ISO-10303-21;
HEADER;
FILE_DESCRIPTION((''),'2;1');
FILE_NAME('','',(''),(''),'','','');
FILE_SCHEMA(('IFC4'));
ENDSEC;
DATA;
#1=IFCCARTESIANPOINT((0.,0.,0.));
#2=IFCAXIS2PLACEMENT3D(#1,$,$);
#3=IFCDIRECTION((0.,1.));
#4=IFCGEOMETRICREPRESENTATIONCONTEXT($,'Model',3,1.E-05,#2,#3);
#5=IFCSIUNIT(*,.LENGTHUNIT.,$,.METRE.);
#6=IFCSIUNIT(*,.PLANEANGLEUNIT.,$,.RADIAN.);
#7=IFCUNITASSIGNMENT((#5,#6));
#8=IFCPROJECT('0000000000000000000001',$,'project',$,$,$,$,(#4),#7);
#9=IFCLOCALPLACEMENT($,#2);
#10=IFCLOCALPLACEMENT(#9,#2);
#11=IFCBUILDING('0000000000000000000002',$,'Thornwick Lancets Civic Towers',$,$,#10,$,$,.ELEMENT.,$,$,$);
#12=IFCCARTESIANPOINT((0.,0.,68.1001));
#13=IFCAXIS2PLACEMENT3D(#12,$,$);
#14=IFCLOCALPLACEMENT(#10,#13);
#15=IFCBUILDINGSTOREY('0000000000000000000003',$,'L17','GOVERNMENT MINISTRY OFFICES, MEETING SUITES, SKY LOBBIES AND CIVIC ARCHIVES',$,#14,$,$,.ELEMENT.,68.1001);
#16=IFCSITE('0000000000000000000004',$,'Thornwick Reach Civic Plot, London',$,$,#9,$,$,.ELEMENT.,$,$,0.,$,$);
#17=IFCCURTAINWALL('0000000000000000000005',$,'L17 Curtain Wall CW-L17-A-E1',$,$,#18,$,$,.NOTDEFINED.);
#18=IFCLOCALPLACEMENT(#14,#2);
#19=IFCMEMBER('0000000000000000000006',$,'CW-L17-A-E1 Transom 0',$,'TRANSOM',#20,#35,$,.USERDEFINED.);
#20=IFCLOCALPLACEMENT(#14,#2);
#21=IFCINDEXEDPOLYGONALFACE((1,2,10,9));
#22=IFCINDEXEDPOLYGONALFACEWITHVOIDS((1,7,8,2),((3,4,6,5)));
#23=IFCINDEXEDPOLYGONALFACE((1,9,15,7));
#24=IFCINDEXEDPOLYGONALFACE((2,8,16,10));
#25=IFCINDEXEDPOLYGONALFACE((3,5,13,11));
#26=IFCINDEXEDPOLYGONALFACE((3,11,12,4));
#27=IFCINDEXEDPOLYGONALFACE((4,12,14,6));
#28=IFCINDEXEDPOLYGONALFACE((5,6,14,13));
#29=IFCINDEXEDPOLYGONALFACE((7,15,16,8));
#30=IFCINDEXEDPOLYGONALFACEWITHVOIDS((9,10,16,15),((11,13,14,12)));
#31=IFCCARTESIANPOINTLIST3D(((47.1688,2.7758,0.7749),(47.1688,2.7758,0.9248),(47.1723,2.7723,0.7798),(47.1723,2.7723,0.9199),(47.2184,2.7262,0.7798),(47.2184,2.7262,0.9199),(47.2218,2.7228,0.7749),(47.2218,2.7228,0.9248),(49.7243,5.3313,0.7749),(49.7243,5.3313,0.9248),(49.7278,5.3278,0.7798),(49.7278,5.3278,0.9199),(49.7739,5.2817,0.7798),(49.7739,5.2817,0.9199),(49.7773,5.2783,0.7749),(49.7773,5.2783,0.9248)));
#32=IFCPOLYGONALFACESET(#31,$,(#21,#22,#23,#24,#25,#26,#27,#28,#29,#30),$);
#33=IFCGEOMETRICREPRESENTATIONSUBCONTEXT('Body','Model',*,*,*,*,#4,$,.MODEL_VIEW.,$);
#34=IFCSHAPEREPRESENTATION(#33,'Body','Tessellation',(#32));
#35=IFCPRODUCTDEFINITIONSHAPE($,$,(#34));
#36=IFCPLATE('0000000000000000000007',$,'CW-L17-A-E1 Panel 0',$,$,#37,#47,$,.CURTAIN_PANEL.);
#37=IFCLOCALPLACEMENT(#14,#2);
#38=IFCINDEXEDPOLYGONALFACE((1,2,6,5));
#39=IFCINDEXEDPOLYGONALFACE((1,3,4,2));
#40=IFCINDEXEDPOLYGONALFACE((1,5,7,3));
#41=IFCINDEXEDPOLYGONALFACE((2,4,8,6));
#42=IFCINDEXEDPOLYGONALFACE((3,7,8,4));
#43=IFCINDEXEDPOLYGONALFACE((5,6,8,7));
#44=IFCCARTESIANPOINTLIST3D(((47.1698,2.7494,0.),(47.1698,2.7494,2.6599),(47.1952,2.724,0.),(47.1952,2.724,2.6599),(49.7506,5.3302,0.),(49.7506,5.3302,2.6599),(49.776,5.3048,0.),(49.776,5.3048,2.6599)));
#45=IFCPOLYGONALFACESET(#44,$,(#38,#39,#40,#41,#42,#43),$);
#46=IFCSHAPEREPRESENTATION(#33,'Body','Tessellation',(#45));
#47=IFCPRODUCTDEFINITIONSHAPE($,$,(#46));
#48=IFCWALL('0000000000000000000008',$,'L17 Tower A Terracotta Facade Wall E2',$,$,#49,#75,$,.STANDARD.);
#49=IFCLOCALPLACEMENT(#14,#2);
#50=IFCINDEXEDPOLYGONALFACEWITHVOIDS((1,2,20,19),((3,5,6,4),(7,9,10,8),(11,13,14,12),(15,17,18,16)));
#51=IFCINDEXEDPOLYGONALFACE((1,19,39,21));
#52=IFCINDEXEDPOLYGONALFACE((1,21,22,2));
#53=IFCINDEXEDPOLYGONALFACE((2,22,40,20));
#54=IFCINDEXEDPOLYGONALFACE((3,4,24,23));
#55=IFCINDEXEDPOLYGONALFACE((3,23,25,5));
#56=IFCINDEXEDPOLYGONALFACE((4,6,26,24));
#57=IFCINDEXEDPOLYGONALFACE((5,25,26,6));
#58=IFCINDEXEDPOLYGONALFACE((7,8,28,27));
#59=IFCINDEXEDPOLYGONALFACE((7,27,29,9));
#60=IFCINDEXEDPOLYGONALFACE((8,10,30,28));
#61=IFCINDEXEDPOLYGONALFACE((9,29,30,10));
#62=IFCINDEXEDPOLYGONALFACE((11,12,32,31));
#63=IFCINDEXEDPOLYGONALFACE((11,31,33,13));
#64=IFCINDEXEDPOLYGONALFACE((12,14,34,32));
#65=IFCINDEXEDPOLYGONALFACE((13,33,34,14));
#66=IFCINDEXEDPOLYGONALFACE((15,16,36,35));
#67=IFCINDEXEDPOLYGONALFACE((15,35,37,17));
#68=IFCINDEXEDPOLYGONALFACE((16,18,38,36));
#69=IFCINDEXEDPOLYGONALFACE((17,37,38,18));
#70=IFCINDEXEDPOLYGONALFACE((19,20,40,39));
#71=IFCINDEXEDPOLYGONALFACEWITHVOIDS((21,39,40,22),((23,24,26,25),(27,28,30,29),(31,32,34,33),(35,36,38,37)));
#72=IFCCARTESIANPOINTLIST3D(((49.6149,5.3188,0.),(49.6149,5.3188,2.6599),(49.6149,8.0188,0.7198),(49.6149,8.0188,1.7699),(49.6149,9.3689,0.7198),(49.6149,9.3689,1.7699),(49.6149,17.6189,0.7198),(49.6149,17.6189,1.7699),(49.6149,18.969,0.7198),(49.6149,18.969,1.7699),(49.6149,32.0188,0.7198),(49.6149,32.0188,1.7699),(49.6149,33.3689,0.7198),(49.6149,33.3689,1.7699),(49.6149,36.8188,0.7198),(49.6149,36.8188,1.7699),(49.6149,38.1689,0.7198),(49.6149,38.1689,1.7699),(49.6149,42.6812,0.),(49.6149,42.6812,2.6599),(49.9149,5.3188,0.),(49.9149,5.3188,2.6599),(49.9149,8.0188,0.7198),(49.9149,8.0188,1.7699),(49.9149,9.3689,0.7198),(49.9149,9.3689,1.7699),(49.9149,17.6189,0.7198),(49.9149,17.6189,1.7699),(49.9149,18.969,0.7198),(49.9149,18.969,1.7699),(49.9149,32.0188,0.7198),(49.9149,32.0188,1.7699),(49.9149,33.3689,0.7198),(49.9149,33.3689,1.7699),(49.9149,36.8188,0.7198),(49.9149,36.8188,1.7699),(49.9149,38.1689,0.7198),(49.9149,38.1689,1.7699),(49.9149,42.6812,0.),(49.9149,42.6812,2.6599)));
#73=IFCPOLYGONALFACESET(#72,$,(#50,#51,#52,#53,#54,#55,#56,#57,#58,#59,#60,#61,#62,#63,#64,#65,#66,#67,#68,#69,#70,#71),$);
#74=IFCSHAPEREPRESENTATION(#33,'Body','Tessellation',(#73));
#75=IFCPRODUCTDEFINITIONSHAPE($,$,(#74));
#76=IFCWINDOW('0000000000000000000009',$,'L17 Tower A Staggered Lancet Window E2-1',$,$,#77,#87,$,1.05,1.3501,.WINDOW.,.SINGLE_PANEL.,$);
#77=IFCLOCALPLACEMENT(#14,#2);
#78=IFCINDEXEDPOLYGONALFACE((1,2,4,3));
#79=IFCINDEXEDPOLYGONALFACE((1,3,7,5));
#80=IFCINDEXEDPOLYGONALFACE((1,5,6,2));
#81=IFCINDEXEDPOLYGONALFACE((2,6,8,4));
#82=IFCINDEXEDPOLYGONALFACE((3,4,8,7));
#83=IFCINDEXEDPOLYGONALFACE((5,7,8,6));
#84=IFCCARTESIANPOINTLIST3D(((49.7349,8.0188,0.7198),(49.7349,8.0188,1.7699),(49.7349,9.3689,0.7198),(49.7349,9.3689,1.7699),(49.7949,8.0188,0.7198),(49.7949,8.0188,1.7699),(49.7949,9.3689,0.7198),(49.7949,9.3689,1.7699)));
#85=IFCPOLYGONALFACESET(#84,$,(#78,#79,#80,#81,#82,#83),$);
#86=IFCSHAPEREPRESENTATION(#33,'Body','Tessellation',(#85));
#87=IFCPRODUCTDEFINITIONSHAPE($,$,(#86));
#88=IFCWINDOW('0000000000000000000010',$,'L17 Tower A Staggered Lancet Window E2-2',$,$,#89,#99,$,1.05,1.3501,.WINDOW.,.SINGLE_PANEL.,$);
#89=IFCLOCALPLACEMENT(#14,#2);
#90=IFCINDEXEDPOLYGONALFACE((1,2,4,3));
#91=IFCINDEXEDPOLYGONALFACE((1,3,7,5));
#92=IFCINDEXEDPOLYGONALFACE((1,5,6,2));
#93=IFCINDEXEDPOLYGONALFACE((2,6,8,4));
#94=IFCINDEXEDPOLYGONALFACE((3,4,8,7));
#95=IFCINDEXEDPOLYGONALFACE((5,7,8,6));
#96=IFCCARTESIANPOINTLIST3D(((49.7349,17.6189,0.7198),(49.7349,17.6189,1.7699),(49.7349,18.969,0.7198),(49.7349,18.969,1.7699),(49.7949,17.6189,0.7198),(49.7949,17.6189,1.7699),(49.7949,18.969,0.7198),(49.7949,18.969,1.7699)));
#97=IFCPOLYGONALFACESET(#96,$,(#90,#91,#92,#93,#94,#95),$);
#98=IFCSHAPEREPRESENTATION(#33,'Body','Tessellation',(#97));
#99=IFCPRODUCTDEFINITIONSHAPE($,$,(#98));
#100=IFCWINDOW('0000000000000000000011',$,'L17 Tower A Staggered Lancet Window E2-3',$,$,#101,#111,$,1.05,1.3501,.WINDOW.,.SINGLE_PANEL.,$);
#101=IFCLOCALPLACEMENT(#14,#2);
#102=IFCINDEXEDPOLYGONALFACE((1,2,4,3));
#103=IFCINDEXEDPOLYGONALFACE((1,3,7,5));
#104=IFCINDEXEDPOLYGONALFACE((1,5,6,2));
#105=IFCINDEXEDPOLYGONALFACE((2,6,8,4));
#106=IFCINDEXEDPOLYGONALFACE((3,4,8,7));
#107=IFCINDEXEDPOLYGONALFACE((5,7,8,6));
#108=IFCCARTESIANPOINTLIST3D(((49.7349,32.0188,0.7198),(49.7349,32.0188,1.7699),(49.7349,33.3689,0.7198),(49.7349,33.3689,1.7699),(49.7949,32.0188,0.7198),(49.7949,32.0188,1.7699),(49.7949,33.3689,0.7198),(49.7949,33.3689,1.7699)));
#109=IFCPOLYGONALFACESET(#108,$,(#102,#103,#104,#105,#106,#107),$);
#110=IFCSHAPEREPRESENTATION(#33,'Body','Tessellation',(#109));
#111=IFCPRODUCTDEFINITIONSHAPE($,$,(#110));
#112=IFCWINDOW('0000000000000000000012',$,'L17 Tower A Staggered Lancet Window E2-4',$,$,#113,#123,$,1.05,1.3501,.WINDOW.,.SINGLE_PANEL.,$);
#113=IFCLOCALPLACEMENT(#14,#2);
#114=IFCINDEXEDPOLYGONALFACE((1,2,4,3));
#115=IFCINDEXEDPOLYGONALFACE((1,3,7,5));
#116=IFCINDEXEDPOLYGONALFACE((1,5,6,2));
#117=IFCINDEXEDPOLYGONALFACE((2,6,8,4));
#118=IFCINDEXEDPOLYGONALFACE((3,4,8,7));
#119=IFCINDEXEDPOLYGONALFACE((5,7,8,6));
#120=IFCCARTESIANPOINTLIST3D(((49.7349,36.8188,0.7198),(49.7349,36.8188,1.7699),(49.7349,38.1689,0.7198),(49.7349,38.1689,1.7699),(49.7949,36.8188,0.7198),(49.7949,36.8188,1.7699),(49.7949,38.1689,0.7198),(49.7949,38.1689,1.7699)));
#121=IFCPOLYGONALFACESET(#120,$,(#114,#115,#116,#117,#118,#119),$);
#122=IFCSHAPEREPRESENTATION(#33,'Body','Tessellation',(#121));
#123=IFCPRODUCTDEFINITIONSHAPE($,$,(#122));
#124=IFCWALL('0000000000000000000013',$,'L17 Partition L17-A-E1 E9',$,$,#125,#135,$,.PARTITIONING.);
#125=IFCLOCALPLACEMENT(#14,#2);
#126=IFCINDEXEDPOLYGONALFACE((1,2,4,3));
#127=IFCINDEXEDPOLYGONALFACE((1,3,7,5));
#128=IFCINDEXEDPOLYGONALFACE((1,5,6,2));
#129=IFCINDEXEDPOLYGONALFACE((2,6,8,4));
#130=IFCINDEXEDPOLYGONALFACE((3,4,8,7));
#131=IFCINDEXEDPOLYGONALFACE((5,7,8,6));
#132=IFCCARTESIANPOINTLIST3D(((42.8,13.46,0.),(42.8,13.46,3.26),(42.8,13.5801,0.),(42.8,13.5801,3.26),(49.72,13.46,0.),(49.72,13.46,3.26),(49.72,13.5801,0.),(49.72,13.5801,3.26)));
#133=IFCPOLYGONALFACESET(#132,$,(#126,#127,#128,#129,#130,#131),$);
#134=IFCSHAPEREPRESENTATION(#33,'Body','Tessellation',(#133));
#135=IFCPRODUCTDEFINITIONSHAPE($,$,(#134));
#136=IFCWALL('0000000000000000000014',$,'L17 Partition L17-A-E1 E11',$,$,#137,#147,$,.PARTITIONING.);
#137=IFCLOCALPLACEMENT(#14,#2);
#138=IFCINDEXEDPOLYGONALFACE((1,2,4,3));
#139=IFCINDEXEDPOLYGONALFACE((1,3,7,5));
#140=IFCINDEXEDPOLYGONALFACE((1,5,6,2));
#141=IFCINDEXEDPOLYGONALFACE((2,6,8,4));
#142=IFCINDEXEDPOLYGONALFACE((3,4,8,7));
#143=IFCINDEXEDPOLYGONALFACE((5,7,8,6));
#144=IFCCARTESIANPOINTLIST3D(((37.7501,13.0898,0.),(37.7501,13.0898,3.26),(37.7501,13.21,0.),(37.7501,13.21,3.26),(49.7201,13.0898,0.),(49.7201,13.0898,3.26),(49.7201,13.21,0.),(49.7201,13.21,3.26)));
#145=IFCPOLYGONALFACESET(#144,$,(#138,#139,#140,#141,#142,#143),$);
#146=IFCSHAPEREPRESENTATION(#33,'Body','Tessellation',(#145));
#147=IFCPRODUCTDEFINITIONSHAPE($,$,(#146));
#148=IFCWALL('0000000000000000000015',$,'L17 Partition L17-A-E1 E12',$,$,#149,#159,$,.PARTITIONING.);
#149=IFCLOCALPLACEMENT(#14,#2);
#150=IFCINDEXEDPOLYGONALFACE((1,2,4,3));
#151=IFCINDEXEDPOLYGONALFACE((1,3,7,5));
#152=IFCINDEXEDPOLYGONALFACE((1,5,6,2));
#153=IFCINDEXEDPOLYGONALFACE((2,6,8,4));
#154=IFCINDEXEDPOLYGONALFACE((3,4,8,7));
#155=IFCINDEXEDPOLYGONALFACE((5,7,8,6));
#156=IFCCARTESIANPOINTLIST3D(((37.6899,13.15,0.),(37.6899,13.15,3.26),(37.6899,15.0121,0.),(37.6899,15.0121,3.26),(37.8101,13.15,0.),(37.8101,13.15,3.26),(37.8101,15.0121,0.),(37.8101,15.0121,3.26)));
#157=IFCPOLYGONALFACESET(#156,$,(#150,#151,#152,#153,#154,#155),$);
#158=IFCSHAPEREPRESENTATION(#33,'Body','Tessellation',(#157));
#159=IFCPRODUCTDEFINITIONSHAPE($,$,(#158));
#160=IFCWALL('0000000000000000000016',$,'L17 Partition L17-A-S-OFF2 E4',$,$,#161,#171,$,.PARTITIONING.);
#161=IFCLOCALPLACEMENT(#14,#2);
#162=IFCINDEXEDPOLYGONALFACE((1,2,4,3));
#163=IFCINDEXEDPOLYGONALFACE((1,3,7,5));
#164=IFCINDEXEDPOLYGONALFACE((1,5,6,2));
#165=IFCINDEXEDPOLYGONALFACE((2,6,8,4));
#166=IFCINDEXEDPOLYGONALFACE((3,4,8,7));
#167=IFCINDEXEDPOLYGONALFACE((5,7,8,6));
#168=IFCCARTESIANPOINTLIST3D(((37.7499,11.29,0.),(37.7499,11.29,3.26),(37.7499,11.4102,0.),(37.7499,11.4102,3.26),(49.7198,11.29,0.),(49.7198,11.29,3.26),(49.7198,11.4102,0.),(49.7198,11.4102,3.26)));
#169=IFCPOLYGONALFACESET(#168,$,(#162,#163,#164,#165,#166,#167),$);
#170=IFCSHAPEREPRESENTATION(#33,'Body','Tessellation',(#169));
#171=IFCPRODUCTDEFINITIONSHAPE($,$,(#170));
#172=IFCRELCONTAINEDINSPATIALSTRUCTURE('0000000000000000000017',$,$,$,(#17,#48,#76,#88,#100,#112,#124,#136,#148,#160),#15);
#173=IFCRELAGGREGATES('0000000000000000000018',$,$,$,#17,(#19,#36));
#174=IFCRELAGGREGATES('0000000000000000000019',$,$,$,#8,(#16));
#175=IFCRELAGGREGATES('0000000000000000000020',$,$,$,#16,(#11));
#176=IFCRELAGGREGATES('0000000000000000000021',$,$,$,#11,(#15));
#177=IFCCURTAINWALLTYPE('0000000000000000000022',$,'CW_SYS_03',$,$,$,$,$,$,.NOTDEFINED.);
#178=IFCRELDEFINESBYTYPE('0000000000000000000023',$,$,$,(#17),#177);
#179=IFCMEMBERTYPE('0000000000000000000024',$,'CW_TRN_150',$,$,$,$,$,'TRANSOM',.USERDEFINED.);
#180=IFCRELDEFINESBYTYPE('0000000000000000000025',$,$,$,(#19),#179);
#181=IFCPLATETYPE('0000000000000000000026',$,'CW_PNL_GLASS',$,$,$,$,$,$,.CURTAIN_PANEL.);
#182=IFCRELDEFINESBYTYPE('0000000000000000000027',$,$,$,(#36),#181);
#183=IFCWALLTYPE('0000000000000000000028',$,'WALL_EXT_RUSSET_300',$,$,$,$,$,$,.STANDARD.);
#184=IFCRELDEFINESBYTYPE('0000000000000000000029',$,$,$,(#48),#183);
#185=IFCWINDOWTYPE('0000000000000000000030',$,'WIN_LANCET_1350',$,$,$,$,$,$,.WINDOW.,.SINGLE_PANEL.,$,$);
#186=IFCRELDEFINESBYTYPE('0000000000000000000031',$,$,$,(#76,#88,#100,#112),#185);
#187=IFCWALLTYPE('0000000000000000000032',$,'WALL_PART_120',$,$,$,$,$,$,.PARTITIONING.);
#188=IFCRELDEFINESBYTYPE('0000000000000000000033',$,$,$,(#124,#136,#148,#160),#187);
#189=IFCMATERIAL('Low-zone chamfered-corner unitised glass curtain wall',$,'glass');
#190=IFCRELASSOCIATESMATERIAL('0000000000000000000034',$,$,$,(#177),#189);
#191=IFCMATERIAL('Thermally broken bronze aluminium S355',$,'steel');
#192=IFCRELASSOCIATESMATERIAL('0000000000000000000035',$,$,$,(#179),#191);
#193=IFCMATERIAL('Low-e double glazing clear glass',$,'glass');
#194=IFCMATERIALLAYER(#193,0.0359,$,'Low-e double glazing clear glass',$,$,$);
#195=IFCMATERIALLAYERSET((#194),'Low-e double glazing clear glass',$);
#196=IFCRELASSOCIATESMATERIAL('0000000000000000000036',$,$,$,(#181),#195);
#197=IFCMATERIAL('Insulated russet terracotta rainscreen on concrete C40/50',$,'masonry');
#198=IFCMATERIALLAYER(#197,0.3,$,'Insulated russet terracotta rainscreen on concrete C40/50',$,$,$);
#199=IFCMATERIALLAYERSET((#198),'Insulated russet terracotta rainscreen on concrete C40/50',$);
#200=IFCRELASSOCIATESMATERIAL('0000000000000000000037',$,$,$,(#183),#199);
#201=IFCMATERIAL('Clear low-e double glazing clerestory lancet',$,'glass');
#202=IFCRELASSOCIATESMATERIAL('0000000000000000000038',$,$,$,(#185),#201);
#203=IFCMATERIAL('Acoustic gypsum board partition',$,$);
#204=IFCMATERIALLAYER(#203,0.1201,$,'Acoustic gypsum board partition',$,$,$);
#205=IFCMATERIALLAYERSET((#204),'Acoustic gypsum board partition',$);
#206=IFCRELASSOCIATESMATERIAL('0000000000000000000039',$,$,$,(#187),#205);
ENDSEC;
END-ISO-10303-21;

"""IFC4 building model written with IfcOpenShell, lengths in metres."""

from ifc_helpers import new_model, si_unit, direction, frame, frame_2d, origin, origin_2d, place, context, subcontext, project, spatial, rectangle, hollow_rectangle, extrude, material, layer, layer_set, material_profile, profile_set, type_object, element, fill, aggregate, save


model = new_model("IFC4")

# Units and contexts
model_context = context("Model", 3, precision=1e-05, world=origin(), true_north=direction((0.0, 1.0)))
body_context = subcontext(model_context, "Body", "Model", "MODEL_VIEW")
ifc_project = project(units=[si_unit("LENGTHUNIT", "METRE"), si_unit("PLANEANGLEUNIT", "RADIAN")], contexts=[model_context])

# Site, building, storey
site_placement = place(None, origin())
site = spatial("IfcSite", under=ifc_project, at=site_placement, Name="Thornwick Reach Civic Plot, London", CompositionType="ELEMENT", RefElevation=0.0)
building_placement = place(site_placement, origin())
building = spatial("IfcBuilding", under=site, at=building_placement, Name="Thornwick Lancets Civic Towers", CompositionType="ELEMENT")
storey_placement = place(building_placement, frame((0.0, 0.0, 68.1001)))
storey = spatial("IfcBuildingStorey", under=building, at=storey_placement, Name="L17", Description="GOVERNMENT MINISTRY OFFICES, MEETING SUITES, SKY LOBBIES AND CIVIC ARCHIVES", CompositionType="ELEMENT", Elevation=68.1001)

# Curtain wall, member, plate
ifc_material_1 = material(Name="Low-zone chamfered-corner unitised glass curtain wall", Category="glass")
curtain_wall_type = type_object("IfcCurtainWallType", Name="CW_SYS_03", PredefinedType="NOTDEFINED", material=ifc_material_1)
curtain_wall_placement = place(storey_placement, origin())
curtain_wall = element("IfcCurtainWall", 1, at=curtain_wall_placement, inside=storey, type_object=curtain_wall_type, Name="L17 Curtain Wall CW-L17-A-E1", PredefinedType="NOTDEFINED")
ifc_material_2 = material(Name="Thermally broken bronze aluminium S355", Category="steel")
ifc_material_profile_1 = material_profile(ifc_material_2, hollow_rectangle(XDim=0.075, YDim=0.1499, WallThickness=0.0049, at=origin_2d()), Name="RHS 150x75x5")
ifc_profile_set_1 = profile_set([ifc_material_profile_1], Name="Thermally broken bronze aluminium S355")
member_type_1 = type_object("IfcMemberType", Name="CW_TRN_150", ElementType="TRANSOM", PredefinedType="USERDEFINED", material=ifc_profile_set_1)
member_1_placement = place(storey_placement, frame((47.1953, 2.7493, 0.8499), z_axis=(0.707107, 0.707107, 0.0), x_axis=(-0.707107, 0.707107, 0.0)))
member_1 = element("IfcMember", 2, at=member_1_placement, type_object=member_type_1, Name="CW-L17-A-E1 Transom 0", ObjectType="TRANSOM", PredefinedType="USERDEFINED", context=body_context, shape_type="SweptSolid", body=[
    extrude(hollow_rectangle(XDim=0.075, YDim=0.1499, WallThickness=0.0049, at=origin_2d()), origin(), (0.0, 0.0, 1.0), 3.614),
])
ifc_material_3 = material(Name="Low-e double glazing clear glass", Category="glass")
ifc_layer_1 = layer(ifc_material_3, 0.0359, Name="Low-e double glazing clear glass")
ifc_layer_set_1 = layer_set([ifc_layer_1], Name="Low-e double glazing clear glass")
plate_type = type_object("IfcPlateType", Name="CW_PNL_GLASS", PredefinedType="CURTAIN_PANEL", material=ifc_layer_set_1)
plate_placement = place(storey_placement, frame((48.4729, 4.0271, 0.0), z_axis=(0.0, 0.0, 1.0), x_axis=(0.707107, 0.707107, 0.0)))
plate = element("IfcPlate", 3, at=plate_placement, type_object=plate_type, Name="CW-L17-A-E1 Panel 0", PredefinedType="CURTAIN_PANEL", context=body_context, shape_type="SweptSolid", body=[
    extrude(rectangle(XDim=3.6499, YDim=0.0359, at=origin_2d()), origin(), (0.0, 0.0, 1.0), 2.6599),
])
aggregate(curtain_wall, [member_1, plate])

# Wall, openings, windows
ifc_material_4 = material(Name="Insulated russet terracotta rainscreen on concrete C40/50", Category="masonry")
ifc_layer_2 = layer(ifc_material_4, 0.3, Name="Insulated russet terracotta rainscreen on concrete C40/50")
ifc_layer_set_2 = layer_set([ifc_layer_2], Name="Insulated russet terracotta rainscreen on concrete C40/50")
wall_type_1 = type_object("IfcWallType", Name="WALL_EXT_RUSSET_300", PredefinedType="STANDARD", material=ifc_layer_set_2)
wall_1_placement = place(storey_placement, frame((49.7649, 5.3188, 0.0), z_axis=(0.0, 0.0, 1.0), x_axis=(0.0, 1.0, 0.0)))
wall_1 = element("IfcWall", 4, at=wall_1_placement, inside=storey, type_object=wall_type_1, Name="L17 Tower A Terracotta Facade Wall E2", PredefinedType="STANDARD", context=body_context, shape_type="SweptSolid", body=[
    extrude(rectangle(XDim=37.3623, YDim=0.3, at=frame_2d((18.6812, 0.0))), origin(), (0.0, 0.0, 1.0), 2.6599),
])
opening_1_placement = place(wall_1_placement, frame((2.7, 0.0, 0.72)))
opening_1 = element("IfcOpeningElement", 5, at=opening_1_placement, cuts=wall_1, PredefinedType="OPENING", context=body_context, shape_type="SweptSolid", body=[
    extrude(rectangle(XDim=1.3501, YDim=1.05, at=frame_2d((0.675, 0.5249))), frame((0.0, 0.1602, 0.0), z_axis=(0.0, -1.0, 0.0), x_axis=(1.0, 0.0, 0.0)), (0.0, 0.0, 1.0), 0.3201),
])
opening_2_placement = place(wall_1_placement, frame((12.3, 0.0, 0.72)))
opening_2 = element("IfcOpeningElement", 6, at=opening_2_placement, cuts=wall_1, PredefinedType="OPENING", context=body_context, shape_type="SweptSolid", body=[
    extrude(rectangle(XDim=1.3501, YDim=1.05, at=frame_2d((0.675, 0.5249))), frame((0.0, 0.1602, 0.0), z_axis=(0.0, -1.0, 0.0), x_axis=(1.0, 0.0, 0.0)), (0.0, 0.0, 1.0), 0.3201),
])
opening_3_placement = place(wall_1_placement, frame((26.7, 0.0, 0.72)))
opening_3 = element("IfcOpeningElement", 7, at=opening_3_placement, cuts=wall_1, PredefinedType="OPENING", context=body_context, shape_type="SweptSolid", body=[
    extrude(rectangle(XDim=1.3501, YDim=1.05, at=frame_2d((0.675, 0.5249))), frame((0.0, 0.1602, 0.0), z_axis=(0.0, -1.0, 0.0), x_axis=(1.0, 0.0, 0.0)), (0.0, 0.0, 1.0), 0.3201),
])
opening_4_placement = place(wall_1_placement, frame((31.5, 0.0, 0.72)))
opening_4 = element("IfcOpeningElement", 8, at=opening_4_placement, cuts=wall_1, PredefinedType="OPENING", context=body_context, shape_type="SweptSolid", body=[
    extrude(rectangle(XDim=1.3501, YDim=1.05, at=frame_2d((0.675, 0.5249))), frame((0.0, 0.1602, 0.0), z_axis=(0.0, -1.0, 0.0), x_axis=(1.0, 0.0, 0.0)), (0.0, 0.0, 1.0), 0.3201),
])
ifc_material_5 = material(Name="Clear low-e double glazing clerestory lancet", Category="glass")
window_type = type_object("IfcWindowType", Name="WIN_LANCET_1350", PartitioningType="SINGLE_PANEL", PredefinedType="WINDOW", material=ifc_material_5)
window_1_placement = place(opening_1_placement, origin())
window_1 = element("IfcWindow", 9, at=window_1_placement, inside=storey, type_object=window_type, Name="L17 Tower A Staggered Lancet Window E2-1", OverallHeight=1.05, OverallWidth=1.3501, PartitioningType="SINGLE_PANEL", PredefinedType="WINDOW", context=body_context, shape_type="SweptSolid", body=[
    extrude(rectangle(XDim=1.3501, YDim=1.05, at=frame_2d((0.675, 0.5249))), frame((0.0, 0.03, 0.0), z_axis=(0.0, -1.0, 0.0), x_axis=(1.0, 0.0, 0.0)), (0.0, 0.0, 1.0), 0.0601),
])
fill(opening_1, window_1)
window_2_placement = place(opening_2_placement, origin())
window_2 = element("IfcWindow", 10, at=window_2_placement, inside=storey, type_object=window_type, Name="L17 Tower A Staggered Lancet Window E2-2", OverallHeight=1.05, OverallWidth=1.3501, PartitioningType="SINGLE_PANEL", PredefinedType="WINDOW", context=body_context, shape_type="SweptSolid", body=[
    extrude(rectangle(XDim=1.3501, YDim=1.05, at=frame_2d((0.675, 0.5249))), frame((0.0, 0.03, 0.0), z_axis=(0.0, -1.0, 0.0), x_axis=(1.0, 0.0, 0.0)), (0.0, 0.0, 1.0), 0.0601),
])
fill(opening_2, window_2)
window_3_placement = place(opening_3_placement, origin())
window_3 = element("IfcWindow", 11, at=window_3_placement, inside=storey, type_object=window_type, Name="L17 Tower A Staggered Lancet Window E2-3", OverallHeight=1.05, OverallWidth=1.3501, PartitioningType="SINGLE_PANEL", PredefinedType="WINDOW", context=body_context, shape_type="SweptSolid", body=[
    extrude(rectangle(XDim=1.3501, YDim=1.05, at=frame_2d((0.675, 0.5249))), frame((0.0, 0.03, 0.0), z_axis=(0.0, -1.0, 0.0), x_axis=(1.0, 0.0, 0.0)), (0.0, 0.0, 1.0), 0.0601),
])
fill(opening_3, window_3)
window_4_placement = place(opening_4_placement, origin())
window_4 = element("IfcWindow", 12, at=window_4_placement, inside=storey, type_object=window_type, Name="L17 Tower A Staggered Lancet Window E2-4", OverallHeight=1.05, OverallWidth=1.3501, PartitioningType="SINGLE_PANEL", PredefinedType="WINDOW", context=body_context, shape_type="SweptSolid", body=[
    extrude(rectangle(XDim=1.3501, YDim=1.05, at=frame_2d((0.675, 0.5249))), frame((0.0, 0.03, 0.0), z_axis=(0.0, -1.0, 0.0), x_axis=(1.0, 0.0, 0.0)), (0.0, 0.0, 1.0), 0.0601),
])
fill(opening_4, window_4)

# Walls
ifc_material_6 = material(Name="Acoustic gypsum board partition")
ifc_layer_3 = layer(ifc_material_6, 0.1201, Name="Acoustic gypsum board partition")
ifc_layer_set_3 = layer_set([ifc_layer_3], Name="Acoustic gypsum board partition")
wall_type_2 = type_object("IfcWallType", Name="WALL_PART_120", PredefinedType="PARTITIONING", material=ifc_layer_set_3)
wall_2_placement = place(storey_placement, frame((42.8, 13.52, 0.0), z_axis=(0.0, 0.0, 1.0), x_axis=(1.0, 0.0, 0.0)))
element("IfcWall", 13, at=wall_2_placement, inside=storey, type_object=wall_type_2, Name="L17 Partition L17-A-E1 E9", PredefinedType="PARTITIONING", context=body_context, shape_type="SweptSolid", body=[
    extrude(rectangle(XDim=6.9199, YDim=0.1201, at=frame_2d((3.46, 0.0))), origin(), (0.0, 0.0, 1.0), 3.26),
])
wall_3_placement = place(storey_placement, frame((49.72, 13.1499, 0.0), z_axis=(0.0, 0.0, 1.0), x_axis=(-1.0, 0.0, 0.0)))
element("IfcWall", 14, at=wall_3_placement, inside=storey, type_object=wall_type_2, Name="L17 Partition L17-A-E1 E11", PredefinedType="PARTITIONING", context=body_context, shape_type="SweptSolid", body=[
    extrude(rectangle(XDim=11.97, YDim=0.1201, at=frame_2d((5.9849, 0.0))), origin(), (0.0, 0.0, 1.0), 3.26),
])
wall_4_placement = place(storey_placement, frame((37.75, 13.1499, 0.0), z_axis=(0.0, 0.0, 1.0), x_axis=(0.0, 1.0, 0.0)))
element("IfcWall", 15, at=wall_4_placement, inside=storey, type_object=wall_type_2, Name="L17 Partition L17-A-E1 E12", PredefinedType="PARTITIONING", context=body_context, shape_type="SweptSolid", body=[
    extrude(rectangle(XDim=1.8621, YDim=0.1201, at=frame_2d((0.9312, 0.0))), origin(), (0.0, 0.0, 1.0), 3.26),
])
wall_5_placement = place(storey_placement, frame((37.75, 11.3501, 0.0), z_axis=(0.0, 0.0, 1.0), x_axis=(1.0, 0.0, 0.0)))
element("IfcWall", 16, at=wall_5_placement, inside=storey, type_object=wall_type_2, Name="L17 Partition L17-A-S-OFF2 E4", PredefinedType="PARTITIONING", context=body_context, shape_type="SweptSolid", body=[
    extrude(rectangle(XDim=11.97, YDim=0.1201, at=frame_2d((5.9849, 0.0))), origin(), (0.0, 0.0, 1.0), 3.26),
])

save(model, "model.ifc")
